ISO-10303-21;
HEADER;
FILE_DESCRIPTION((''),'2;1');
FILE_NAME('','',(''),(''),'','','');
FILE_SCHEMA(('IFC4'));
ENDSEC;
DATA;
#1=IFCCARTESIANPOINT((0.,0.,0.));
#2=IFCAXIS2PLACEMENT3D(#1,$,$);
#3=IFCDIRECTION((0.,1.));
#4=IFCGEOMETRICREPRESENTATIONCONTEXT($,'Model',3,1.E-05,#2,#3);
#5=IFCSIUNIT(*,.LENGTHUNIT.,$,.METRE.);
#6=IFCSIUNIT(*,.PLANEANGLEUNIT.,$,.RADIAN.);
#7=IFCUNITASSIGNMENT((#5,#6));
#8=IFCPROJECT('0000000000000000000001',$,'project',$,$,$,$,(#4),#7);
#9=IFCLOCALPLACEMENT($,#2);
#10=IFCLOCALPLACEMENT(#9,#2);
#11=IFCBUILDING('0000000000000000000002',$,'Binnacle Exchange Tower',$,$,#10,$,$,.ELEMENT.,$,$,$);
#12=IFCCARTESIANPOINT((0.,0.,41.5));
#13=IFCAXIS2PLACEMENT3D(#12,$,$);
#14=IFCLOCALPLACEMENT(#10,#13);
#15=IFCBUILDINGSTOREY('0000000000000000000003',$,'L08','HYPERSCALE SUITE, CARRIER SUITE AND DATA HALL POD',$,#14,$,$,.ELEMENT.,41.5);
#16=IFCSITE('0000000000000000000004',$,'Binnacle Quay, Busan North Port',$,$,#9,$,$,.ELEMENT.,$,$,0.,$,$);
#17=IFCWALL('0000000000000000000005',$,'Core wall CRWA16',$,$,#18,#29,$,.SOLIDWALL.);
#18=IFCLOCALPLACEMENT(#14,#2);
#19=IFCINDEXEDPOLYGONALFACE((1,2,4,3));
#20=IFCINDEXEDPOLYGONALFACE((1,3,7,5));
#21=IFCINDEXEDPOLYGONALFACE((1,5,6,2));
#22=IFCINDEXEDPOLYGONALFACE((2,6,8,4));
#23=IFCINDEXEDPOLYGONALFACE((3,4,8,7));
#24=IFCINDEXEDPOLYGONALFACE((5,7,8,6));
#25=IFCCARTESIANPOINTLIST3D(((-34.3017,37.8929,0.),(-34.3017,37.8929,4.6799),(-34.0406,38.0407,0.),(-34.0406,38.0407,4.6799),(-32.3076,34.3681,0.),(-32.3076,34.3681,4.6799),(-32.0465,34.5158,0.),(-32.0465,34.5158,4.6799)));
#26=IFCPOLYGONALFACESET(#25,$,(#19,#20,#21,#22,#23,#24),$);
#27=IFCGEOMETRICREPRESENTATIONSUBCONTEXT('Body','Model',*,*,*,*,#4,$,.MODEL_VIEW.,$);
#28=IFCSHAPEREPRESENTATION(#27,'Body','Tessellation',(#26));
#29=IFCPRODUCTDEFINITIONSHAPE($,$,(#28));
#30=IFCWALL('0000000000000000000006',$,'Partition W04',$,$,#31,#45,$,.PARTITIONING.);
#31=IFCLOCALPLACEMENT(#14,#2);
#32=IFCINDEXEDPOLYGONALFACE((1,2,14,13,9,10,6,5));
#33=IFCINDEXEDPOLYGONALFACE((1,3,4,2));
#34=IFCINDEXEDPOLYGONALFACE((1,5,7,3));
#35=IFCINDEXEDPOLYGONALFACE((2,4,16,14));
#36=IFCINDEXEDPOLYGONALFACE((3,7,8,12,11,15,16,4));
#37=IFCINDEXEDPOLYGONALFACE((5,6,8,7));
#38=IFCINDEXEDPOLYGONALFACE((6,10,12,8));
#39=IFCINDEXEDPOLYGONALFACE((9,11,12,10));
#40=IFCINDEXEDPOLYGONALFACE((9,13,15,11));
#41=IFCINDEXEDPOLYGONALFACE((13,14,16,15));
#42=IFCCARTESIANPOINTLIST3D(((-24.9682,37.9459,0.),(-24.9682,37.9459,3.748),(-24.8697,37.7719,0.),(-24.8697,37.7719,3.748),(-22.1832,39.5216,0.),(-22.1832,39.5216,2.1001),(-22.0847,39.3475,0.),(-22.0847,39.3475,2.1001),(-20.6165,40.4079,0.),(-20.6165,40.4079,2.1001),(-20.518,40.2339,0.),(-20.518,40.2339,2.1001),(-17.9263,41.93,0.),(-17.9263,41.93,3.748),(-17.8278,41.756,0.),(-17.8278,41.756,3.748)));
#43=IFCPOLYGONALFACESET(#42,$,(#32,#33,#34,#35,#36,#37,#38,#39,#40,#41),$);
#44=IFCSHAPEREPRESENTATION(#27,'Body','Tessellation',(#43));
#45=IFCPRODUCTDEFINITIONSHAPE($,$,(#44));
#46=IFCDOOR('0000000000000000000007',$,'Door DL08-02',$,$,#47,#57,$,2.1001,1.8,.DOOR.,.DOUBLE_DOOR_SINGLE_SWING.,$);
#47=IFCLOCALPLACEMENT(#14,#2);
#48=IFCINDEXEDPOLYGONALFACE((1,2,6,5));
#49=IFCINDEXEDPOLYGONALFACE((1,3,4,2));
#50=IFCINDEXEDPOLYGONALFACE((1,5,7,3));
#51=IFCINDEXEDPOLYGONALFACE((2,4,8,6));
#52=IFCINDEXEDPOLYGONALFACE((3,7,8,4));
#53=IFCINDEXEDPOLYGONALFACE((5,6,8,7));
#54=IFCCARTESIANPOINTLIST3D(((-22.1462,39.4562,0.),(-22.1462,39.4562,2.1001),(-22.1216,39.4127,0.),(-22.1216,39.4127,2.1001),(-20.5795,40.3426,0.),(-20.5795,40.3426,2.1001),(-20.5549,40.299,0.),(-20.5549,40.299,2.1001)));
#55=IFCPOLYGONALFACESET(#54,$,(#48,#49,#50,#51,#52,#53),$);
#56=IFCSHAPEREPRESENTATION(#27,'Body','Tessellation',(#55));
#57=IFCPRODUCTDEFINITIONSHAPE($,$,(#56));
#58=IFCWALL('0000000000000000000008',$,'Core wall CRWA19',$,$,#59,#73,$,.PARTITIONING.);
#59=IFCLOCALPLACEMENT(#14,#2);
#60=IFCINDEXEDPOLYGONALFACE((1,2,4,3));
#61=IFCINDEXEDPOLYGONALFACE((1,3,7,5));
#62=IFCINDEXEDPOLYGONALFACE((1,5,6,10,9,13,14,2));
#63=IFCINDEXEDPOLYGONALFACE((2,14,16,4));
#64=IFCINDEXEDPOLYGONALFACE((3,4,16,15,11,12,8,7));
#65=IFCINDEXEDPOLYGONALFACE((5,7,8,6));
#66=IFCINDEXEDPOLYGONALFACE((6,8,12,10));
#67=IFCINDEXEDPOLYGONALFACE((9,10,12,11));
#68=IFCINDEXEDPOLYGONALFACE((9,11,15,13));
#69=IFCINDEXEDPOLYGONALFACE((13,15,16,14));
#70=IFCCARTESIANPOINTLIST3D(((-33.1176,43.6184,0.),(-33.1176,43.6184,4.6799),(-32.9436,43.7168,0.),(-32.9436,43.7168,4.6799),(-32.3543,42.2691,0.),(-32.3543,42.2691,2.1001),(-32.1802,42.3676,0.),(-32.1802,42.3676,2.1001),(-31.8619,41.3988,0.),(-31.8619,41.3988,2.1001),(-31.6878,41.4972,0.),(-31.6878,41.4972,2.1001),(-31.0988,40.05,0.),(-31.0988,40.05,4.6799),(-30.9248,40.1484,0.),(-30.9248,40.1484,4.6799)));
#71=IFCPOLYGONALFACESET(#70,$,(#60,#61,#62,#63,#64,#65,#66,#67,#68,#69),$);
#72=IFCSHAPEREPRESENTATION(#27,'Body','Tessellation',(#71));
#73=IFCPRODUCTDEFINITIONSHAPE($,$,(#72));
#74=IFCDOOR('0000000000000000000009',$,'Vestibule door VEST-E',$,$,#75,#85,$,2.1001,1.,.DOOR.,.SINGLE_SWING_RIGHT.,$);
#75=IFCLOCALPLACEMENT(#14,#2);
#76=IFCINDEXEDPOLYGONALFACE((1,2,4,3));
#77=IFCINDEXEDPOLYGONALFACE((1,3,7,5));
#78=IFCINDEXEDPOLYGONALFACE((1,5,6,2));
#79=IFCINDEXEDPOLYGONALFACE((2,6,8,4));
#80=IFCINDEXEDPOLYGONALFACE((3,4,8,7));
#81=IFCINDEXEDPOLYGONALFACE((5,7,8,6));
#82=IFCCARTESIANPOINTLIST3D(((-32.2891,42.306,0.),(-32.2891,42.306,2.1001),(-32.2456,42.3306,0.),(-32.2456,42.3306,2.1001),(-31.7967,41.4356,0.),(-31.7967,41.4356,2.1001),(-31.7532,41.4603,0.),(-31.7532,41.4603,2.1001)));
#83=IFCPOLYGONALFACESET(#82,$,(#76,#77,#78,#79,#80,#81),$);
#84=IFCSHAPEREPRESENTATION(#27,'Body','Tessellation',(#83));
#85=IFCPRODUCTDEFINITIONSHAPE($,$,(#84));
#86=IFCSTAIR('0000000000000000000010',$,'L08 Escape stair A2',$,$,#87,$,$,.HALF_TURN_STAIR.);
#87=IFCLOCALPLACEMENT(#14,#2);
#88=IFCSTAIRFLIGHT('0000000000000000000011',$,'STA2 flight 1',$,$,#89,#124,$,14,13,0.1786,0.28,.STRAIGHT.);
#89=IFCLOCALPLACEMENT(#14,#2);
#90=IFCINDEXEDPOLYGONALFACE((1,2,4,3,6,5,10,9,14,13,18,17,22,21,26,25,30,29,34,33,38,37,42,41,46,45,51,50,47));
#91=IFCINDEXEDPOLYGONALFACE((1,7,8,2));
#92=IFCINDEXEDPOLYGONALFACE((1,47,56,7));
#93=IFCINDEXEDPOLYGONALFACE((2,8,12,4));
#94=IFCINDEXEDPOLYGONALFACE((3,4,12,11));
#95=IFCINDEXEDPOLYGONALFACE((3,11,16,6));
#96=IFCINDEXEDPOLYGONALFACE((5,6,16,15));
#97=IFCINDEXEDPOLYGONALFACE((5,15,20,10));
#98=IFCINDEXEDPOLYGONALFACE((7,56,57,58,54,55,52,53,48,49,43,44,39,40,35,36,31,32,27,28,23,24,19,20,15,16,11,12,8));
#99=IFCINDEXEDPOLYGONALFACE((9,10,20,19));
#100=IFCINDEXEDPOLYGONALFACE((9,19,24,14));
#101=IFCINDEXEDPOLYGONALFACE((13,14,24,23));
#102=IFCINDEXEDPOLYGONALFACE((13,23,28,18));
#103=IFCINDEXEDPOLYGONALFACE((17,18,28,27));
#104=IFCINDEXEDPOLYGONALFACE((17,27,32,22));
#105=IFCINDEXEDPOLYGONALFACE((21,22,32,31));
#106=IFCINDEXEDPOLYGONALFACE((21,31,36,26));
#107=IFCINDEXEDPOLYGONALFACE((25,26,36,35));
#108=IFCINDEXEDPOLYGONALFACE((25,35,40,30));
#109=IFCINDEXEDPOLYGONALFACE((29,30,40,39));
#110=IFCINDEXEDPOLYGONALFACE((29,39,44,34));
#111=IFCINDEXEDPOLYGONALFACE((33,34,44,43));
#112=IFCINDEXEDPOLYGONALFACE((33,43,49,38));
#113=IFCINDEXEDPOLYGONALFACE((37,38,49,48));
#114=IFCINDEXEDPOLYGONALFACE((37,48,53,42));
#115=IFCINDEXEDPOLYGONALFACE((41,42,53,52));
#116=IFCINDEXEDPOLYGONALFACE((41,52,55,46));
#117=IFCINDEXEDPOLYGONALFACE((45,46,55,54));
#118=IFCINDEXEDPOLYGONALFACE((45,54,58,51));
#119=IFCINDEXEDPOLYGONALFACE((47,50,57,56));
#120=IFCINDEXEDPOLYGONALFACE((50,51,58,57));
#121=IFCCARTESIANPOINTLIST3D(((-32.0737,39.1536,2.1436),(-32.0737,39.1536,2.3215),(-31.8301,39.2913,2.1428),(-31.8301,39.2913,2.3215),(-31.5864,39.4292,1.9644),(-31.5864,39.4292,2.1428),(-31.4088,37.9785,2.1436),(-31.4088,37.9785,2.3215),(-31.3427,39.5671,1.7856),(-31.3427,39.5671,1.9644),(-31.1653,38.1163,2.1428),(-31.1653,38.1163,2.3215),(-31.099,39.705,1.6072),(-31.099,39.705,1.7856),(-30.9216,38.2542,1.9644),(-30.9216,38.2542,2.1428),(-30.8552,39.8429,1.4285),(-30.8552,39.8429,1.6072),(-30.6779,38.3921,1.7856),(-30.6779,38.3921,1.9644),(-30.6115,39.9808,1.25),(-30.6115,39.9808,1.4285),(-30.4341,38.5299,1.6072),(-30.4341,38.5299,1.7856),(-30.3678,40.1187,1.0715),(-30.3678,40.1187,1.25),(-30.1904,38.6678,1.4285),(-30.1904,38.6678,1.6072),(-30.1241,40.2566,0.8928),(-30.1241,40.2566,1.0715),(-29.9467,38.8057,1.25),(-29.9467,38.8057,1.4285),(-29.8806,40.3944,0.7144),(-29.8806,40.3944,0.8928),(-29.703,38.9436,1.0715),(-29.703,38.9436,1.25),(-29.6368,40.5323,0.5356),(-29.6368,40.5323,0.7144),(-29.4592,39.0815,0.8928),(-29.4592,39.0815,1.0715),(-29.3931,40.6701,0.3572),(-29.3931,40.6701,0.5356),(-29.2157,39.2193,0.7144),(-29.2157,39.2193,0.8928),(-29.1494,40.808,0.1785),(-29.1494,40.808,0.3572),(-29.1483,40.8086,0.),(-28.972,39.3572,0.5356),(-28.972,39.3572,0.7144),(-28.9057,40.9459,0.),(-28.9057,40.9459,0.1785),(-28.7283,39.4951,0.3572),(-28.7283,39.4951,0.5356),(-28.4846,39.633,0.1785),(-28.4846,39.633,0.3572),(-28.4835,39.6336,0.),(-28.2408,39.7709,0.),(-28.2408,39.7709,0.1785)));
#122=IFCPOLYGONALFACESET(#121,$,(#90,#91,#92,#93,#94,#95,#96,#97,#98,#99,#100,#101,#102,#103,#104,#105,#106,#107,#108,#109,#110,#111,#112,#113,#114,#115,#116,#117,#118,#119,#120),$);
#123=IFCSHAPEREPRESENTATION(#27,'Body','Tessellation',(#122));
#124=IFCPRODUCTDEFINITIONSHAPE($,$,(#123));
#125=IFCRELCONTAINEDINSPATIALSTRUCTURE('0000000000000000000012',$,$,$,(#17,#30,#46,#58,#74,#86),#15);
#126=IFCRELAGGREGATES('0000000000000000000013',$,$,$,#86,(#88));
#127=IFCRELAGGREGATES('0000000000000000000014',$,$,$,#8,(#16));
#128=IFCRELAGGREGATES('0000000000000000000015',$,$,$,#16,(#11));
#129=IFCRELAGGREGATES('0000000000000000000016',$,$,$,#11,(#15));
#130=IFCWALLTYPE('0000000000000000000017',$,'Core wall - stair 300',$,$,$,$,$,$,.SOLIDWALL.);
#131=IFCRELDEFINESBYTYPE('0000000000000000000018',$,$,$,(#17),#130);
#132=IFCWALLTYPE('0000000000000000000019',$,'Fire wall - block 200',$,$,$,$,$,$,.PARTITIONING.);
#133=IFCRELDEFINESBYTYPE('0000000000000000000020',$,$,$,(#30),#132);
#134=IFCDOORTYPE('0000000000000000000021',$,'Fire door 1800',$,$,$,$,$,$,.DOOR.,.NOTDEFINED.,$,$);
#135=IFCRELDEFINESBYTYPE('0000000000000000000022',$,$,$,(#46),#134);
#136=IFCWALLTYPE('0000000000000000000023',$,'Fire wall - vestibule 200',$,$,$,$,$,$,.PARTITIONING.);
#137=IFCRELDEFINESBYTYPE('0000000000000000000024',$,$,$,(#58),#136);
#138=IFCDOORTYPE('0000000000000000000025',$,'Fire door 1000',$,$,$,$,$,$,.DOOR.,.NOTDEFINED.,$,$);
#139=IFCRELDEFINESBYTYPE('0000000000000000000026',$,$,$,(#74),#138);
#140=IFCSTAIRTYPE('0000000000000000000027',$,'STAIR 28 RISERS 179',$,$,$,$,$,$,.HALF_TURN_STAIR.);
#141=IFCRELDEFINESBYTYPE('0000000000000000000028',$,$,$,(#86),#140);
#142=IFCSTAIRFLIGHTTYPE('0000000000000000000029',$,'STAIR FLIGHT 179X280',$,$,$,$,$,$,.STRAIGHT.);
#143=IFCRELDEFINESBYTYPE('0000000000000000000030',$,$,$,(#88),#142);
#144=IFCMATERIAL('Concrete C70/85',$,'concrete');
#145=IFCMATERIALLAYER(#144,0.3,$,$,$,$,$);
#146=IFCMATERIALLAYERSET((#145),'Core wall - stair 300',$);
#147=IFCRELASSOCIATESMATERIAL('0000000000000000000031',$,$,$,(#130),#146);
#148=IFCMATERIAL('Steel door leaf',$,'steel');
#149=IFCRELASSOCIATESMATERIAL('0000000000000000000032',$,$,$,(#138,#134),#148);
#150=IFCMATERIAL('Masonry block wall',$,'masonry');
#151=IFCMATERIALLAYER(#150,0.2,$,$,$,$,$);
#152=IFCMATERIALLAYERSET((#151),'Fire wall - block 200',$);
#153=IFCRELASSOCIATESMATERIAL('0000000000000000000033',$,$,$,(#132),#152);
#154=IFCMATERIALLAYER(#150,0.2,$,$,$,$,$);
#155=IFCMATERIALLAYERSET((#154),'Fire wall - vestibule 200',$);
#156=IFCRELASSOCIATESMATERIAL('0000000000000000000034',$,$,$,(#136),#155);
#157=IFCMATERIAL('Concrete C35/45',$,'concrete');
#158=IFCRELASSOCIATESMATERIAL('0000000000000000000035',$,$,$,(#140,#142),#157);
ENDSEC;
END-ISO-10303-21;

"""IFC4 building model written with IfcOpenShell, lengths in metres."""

from ifc_helpers import new_model, si_unit, direction, frame, frame_2d, origin, place, context, subcontext, project, spatial, polyline, rectangle, outline, extrude, material, layer, layer_set, type_object, element, fill, aggregate, save


model = new_model("IFC4")

# Units and contexts
model_context = context("Model", 3, precision=1e-05, world=origin(), true_north=direction((0.0, 1.0)))
body_context = subcontext(model_context, "Body", "Model", "MODEL_VIEW")
ifc_project = project(units=[si_unit("LENGTHUNIT", "METRE"), si_unit("PLANEANGLEUNIT", "RADIAN")], contexts=[model_context])

# Site, building, storey
site_placement = place(None, origin())
site = spatial("IfcSite", under=ifc_project, at=site_placement, Name="Binnacle Quay, Busan North Port", CompositionType="ELEMENT", RefElevation=0.0)
building_placement = place(site_placement, origin())
building = spatial("IfcBuilding", under=site, at=building_placement, Name="Binnacle Exchange Tower", CompositionType="ELEMENT")
storey_placement = place(building_placement, frame((0.0, 0.0, 41.5)))
storey = spatial("IfcBuildingStorey", under=building, at=storey_placement, Name="L08", Description="HYPERSCALE SUITE, CARRIER SUITE AND DATA HALL POD", CompositionType="ELEMENT", Elevation=41.5)

# Shared definitions
ifc_material_1 = material(Name="Concrete C70/85", Category="concrete")

# Shared definitions
ifc_material_2 = material(Name="Steel door leaf", Category="steel")

# Shared definitions
ifc_layer_1 = layer(ifc_material_1, 0.3)
ifc_layer_set_1 = layer_set([ifc_layer_1], Name="Core wall - stair 300")
wall_type_1 = type_object("IfcWallType", Name="Core wall - stair 300", PredefinedType="SOLIDWALL", material=ifc_layer_set_1)
door_type_1 = type_object("IfcDoorType", Name="Fire door 1000", OperationType="NOTDEFINED", PredefinedType="DOOR", material=ifc_material_2)

# Wall
wall_1_placement = place(storey_placement, frame((-34.1711, 37.9668, 0.0), z_axis=(0.0, 0.0, 1.0), x_axis=(0.492395, -0.870372, 0.0)))
element("IfcWall", 1, at=wall_1_placement, inside=storey, type_object=wall_type_1, Name="Core wall CRWA16", PredefinedType="SOLIDWALL", context=body_context, shape_type="SweptSolid", body=[
    extrude(rectangle(XDim=4.0498, YDim=0.3, at=frame_2d((2.0249, 0.0))), origin(), (0.0, 0.0, 1.0), 4.6799),
])

# Walls, openings, doors
ifc_material_3 = material(Name="Masonry block wall", Category="masonry")
ifc_layer_2 = layer(ifc_material_3, 0.2)
ifc_layer_set_2 = layer_set([ifc_layer_2], Name="Fire wall - block 200")
wall_type_2 = type_object("IfcWallType", Name="Fire wall - block 200", PredefinedType="PARTITIONING", material=ifc_layer_set_2)
wall_2_placement = place(storey_placement, frame((-24.9189, 37.8589, 0.0), z_axis=(0.0, 0.0, 1.0), x_axis=(0.870358, 0.49242, 0.0)))
wall_2 = element("IfcWall", 2, at=wall_2_placement, inside=storey, type_object=wall_type_2, Name="Partition W04", PredefinedType="PARTITIONING", context=body_context, shape_type="SweptSolid", body=[
    extrude(rectangle(XDim=8.0908, YDim=0.2, at=frame_2d((4.0454, 0.0))), origin(), (0.0, 0.0, 1.0), 3.748),
])
opening_1_placement = place(wall_2_placement, frame((3.2, 0.0, 0.0)))
opening_1 = element("IfcOpeningElement", 3, at=opening_1_placement, cuts=wall_2, PredefinedType="OPENING", context=body_context, shape_type="SweptSolid", body=[
    extrude(rectangle(XDim=1.8, YDim=2.1001, at=frame_2d((0.8999, 1.05))), frame((0.0, 0.1099, 0.0), z_axis=(0.0, -1.0, 0.0), x_axis=(1.0, 0.0, 0.0)), (0.0, 0.0, 1.0), 0.22),
])
door_type_2 = type_object("IfcDoorType", Name="Fire door 1800", OperationType="NOTDEFINED", PredefinedType="DOOR", material=ifc_material_2)
door_1_placement = place(opening_1_placement, origin())
door_1 = element("IfcDoor", 4, at=door_1_placement, inside=storey, type_object=door_type_2, Name="Door DL08-02", OperationType="DOUBLE_DOOR_SINGLE_SWING", OverallHeight=2.1001, OverallWidth=1.8, PredefinedType="DOOR", context=body_context, shape_type="SweptSolid", body=[
    extrude(rectangle(XDim=1.8, YDim=2.1001, at=frame_2d((0.8999, 1.05))), frame((0.0, 0.0249, 0.0), z_axis=(0.0, -1.0, 0.0), x_axis=(1.0, 0.0, 0.0)), (0.0, 0.0, 1.0), 0.05),
])
fill(opening_1, door_1)
ifc_layer_3 = layer(ifc_material_3, 0.2)
ifc_layer_set_3 = layer_set([ifc_layer_3], Name="Fire wall - vestibule 200")
wall_type_3 = type_object("IfcWallType", Name="Fire wall - vestibule 200", PredefinedType="PARTITIONING", material=ifc_layer_set_3)
wall_3_placement = place(storey_placement, frame((-33.0305, 43.6675, 0.0), z_axis=(0.0, 0.0, 1.0), x_axis=(0.492408, -0.870364, 0.0)))
wall_3 = element("IfcWall", 5, at=wall_3_placement, inside=storey, type_object=wall_type_3, Name="Core wall CRWA19", PredefinedType="PARTITIONING", context=body_context, shape_type="SweptSolid", body=[
    extrude(rectangle(XDim=4.0999, YDim=0.2, at=frame_2d((2.0498, 0.0))), origin(), (0.0, 0.0, 1.0), 4.6799),
])
opening_2_placement = place(wall_3_placement, frame((1.55, 0.0, 0.0)))
opening_2 = element("IfcOpeningElement", 6, at=opening_2_placement, cuts=wall_3, PredefinedType="OPENING", context=body_context, shape_type="SweptSolid", body=[
    extrude(rectangle(XDim=1.0, YDim=2.1001, at=frame_2d((0.5, 1.05))), frame((0.0, 0.1099, 0.0), z_axis=(0.0, -1.0, 0.0), x_axis=(1.0, 0.0, 0.0)), (0.0, 0.0, 1.0), 0.22),
])
door_2_placement = place(opening_2_placement, origin())
door_2 = element("IfcDoor", 7, at=door_2_placement, inside=storey, type_object=door_type_1, Name="Vestibule door VEST-E", OperationType="SINGLE_SWING_RIGHT", OverallHeight=2.1001, OverallWidth=1.0, PredefinedType="DOOR", context=body_context, shape_type="SweptSolid", body=[
    extrude(rectangle(XDim=1.0, YDim=2.1001, at=frame_2d((0.5, 1.05))), frame((0.0, 0.0249, 0.0), z_axis=(0.0, -1.0, 0.0), x_axis=(1.0, 0.0, 0.0)), (0.0, 0.0, 1.0), 0.05),
])
fill(opening_2, door_2)

# Stair, stair flight
ifc_material_4 = material(Name="Concrete C35/45", Category="concrete")
stair_type = type_object("IfcStairType", Name="STAIR 28 RISERS 179", PredefinedType="HALF_TURN_STAIR", material=ifc_material_4)
stair_placement = place(storey_placement, origin())
stair = element("IfcStair", 8, at=stair_placement, inside=storey, type_object=stair_type, Name="L08 Escape stair A2", PredefinedType="HALF_TURN_STAIR")
stair_flight_type = type_object("IfcStairFlightType", Name="STAIR FLIGHT 179X280", PredefinedType="STRAIGHT", material=ifc_material_4)
stair_flight_placement = place(storey_placement, frame((-28.5732, 40.3584, 0.0), z_axis=(0.0, 0.0, 1.0), x_axis=(-0.870356, -0.492424, 0.0)))
stair_flight = element("IfcStairFlight", 9, at=stair_flight_placement, type_object=stair_flight_type, Name="STA2 flight 1", NumberOfRisers=14, NumberOfTreads=13, PredefinedType="STRAIGHT", RiserHeight=0.1786, TreadLength=0.28, context=body_context, shape_type="SweptSolid", body=[
    extrude(outline(polyline([(0.0, 0.0), (0.0, 0.1785), (0.28, 0.1785), (0.28, 0.3572), (0.5601, 0.3572), (0.5601, 0.5356), (0.8401, 0.5356), (0.8401, 0.7144), (1.1201, 0.7144), (1.1201, 0.8928), (1.3999, 0.8928), (1.3999, 1.0715), (1.6799, 1.0715), (1.6799, 1.25), (1.96, 1.25), (1.96, 1.4285), (2.24, 1.4285), (2.24, 1.6072), (2.52, 1.6072), (2.52, 1.7856), (2.8, 1.7856), (2.8, 1.9644), (3.0801, 1.9644), (3.0801, 2.1428), (3.3601, 2.1428), (3.3601, 2.3215), (3.6399, 2.3215), (3.6399, 2.5), (3.6399, 2.1436), (0.2788, 0.0), (0.0, 0.0)])), frame((0.0, 0.675, 0.0), z_axis=(0.0, -1.0, 0.0), x_axis=(1.0, 0.0, 0.0)), (0.0, 0.0, 1.0), 1.3501),
])
aggregate(stair, [stair_flight])

save(model, "model.ifc")
